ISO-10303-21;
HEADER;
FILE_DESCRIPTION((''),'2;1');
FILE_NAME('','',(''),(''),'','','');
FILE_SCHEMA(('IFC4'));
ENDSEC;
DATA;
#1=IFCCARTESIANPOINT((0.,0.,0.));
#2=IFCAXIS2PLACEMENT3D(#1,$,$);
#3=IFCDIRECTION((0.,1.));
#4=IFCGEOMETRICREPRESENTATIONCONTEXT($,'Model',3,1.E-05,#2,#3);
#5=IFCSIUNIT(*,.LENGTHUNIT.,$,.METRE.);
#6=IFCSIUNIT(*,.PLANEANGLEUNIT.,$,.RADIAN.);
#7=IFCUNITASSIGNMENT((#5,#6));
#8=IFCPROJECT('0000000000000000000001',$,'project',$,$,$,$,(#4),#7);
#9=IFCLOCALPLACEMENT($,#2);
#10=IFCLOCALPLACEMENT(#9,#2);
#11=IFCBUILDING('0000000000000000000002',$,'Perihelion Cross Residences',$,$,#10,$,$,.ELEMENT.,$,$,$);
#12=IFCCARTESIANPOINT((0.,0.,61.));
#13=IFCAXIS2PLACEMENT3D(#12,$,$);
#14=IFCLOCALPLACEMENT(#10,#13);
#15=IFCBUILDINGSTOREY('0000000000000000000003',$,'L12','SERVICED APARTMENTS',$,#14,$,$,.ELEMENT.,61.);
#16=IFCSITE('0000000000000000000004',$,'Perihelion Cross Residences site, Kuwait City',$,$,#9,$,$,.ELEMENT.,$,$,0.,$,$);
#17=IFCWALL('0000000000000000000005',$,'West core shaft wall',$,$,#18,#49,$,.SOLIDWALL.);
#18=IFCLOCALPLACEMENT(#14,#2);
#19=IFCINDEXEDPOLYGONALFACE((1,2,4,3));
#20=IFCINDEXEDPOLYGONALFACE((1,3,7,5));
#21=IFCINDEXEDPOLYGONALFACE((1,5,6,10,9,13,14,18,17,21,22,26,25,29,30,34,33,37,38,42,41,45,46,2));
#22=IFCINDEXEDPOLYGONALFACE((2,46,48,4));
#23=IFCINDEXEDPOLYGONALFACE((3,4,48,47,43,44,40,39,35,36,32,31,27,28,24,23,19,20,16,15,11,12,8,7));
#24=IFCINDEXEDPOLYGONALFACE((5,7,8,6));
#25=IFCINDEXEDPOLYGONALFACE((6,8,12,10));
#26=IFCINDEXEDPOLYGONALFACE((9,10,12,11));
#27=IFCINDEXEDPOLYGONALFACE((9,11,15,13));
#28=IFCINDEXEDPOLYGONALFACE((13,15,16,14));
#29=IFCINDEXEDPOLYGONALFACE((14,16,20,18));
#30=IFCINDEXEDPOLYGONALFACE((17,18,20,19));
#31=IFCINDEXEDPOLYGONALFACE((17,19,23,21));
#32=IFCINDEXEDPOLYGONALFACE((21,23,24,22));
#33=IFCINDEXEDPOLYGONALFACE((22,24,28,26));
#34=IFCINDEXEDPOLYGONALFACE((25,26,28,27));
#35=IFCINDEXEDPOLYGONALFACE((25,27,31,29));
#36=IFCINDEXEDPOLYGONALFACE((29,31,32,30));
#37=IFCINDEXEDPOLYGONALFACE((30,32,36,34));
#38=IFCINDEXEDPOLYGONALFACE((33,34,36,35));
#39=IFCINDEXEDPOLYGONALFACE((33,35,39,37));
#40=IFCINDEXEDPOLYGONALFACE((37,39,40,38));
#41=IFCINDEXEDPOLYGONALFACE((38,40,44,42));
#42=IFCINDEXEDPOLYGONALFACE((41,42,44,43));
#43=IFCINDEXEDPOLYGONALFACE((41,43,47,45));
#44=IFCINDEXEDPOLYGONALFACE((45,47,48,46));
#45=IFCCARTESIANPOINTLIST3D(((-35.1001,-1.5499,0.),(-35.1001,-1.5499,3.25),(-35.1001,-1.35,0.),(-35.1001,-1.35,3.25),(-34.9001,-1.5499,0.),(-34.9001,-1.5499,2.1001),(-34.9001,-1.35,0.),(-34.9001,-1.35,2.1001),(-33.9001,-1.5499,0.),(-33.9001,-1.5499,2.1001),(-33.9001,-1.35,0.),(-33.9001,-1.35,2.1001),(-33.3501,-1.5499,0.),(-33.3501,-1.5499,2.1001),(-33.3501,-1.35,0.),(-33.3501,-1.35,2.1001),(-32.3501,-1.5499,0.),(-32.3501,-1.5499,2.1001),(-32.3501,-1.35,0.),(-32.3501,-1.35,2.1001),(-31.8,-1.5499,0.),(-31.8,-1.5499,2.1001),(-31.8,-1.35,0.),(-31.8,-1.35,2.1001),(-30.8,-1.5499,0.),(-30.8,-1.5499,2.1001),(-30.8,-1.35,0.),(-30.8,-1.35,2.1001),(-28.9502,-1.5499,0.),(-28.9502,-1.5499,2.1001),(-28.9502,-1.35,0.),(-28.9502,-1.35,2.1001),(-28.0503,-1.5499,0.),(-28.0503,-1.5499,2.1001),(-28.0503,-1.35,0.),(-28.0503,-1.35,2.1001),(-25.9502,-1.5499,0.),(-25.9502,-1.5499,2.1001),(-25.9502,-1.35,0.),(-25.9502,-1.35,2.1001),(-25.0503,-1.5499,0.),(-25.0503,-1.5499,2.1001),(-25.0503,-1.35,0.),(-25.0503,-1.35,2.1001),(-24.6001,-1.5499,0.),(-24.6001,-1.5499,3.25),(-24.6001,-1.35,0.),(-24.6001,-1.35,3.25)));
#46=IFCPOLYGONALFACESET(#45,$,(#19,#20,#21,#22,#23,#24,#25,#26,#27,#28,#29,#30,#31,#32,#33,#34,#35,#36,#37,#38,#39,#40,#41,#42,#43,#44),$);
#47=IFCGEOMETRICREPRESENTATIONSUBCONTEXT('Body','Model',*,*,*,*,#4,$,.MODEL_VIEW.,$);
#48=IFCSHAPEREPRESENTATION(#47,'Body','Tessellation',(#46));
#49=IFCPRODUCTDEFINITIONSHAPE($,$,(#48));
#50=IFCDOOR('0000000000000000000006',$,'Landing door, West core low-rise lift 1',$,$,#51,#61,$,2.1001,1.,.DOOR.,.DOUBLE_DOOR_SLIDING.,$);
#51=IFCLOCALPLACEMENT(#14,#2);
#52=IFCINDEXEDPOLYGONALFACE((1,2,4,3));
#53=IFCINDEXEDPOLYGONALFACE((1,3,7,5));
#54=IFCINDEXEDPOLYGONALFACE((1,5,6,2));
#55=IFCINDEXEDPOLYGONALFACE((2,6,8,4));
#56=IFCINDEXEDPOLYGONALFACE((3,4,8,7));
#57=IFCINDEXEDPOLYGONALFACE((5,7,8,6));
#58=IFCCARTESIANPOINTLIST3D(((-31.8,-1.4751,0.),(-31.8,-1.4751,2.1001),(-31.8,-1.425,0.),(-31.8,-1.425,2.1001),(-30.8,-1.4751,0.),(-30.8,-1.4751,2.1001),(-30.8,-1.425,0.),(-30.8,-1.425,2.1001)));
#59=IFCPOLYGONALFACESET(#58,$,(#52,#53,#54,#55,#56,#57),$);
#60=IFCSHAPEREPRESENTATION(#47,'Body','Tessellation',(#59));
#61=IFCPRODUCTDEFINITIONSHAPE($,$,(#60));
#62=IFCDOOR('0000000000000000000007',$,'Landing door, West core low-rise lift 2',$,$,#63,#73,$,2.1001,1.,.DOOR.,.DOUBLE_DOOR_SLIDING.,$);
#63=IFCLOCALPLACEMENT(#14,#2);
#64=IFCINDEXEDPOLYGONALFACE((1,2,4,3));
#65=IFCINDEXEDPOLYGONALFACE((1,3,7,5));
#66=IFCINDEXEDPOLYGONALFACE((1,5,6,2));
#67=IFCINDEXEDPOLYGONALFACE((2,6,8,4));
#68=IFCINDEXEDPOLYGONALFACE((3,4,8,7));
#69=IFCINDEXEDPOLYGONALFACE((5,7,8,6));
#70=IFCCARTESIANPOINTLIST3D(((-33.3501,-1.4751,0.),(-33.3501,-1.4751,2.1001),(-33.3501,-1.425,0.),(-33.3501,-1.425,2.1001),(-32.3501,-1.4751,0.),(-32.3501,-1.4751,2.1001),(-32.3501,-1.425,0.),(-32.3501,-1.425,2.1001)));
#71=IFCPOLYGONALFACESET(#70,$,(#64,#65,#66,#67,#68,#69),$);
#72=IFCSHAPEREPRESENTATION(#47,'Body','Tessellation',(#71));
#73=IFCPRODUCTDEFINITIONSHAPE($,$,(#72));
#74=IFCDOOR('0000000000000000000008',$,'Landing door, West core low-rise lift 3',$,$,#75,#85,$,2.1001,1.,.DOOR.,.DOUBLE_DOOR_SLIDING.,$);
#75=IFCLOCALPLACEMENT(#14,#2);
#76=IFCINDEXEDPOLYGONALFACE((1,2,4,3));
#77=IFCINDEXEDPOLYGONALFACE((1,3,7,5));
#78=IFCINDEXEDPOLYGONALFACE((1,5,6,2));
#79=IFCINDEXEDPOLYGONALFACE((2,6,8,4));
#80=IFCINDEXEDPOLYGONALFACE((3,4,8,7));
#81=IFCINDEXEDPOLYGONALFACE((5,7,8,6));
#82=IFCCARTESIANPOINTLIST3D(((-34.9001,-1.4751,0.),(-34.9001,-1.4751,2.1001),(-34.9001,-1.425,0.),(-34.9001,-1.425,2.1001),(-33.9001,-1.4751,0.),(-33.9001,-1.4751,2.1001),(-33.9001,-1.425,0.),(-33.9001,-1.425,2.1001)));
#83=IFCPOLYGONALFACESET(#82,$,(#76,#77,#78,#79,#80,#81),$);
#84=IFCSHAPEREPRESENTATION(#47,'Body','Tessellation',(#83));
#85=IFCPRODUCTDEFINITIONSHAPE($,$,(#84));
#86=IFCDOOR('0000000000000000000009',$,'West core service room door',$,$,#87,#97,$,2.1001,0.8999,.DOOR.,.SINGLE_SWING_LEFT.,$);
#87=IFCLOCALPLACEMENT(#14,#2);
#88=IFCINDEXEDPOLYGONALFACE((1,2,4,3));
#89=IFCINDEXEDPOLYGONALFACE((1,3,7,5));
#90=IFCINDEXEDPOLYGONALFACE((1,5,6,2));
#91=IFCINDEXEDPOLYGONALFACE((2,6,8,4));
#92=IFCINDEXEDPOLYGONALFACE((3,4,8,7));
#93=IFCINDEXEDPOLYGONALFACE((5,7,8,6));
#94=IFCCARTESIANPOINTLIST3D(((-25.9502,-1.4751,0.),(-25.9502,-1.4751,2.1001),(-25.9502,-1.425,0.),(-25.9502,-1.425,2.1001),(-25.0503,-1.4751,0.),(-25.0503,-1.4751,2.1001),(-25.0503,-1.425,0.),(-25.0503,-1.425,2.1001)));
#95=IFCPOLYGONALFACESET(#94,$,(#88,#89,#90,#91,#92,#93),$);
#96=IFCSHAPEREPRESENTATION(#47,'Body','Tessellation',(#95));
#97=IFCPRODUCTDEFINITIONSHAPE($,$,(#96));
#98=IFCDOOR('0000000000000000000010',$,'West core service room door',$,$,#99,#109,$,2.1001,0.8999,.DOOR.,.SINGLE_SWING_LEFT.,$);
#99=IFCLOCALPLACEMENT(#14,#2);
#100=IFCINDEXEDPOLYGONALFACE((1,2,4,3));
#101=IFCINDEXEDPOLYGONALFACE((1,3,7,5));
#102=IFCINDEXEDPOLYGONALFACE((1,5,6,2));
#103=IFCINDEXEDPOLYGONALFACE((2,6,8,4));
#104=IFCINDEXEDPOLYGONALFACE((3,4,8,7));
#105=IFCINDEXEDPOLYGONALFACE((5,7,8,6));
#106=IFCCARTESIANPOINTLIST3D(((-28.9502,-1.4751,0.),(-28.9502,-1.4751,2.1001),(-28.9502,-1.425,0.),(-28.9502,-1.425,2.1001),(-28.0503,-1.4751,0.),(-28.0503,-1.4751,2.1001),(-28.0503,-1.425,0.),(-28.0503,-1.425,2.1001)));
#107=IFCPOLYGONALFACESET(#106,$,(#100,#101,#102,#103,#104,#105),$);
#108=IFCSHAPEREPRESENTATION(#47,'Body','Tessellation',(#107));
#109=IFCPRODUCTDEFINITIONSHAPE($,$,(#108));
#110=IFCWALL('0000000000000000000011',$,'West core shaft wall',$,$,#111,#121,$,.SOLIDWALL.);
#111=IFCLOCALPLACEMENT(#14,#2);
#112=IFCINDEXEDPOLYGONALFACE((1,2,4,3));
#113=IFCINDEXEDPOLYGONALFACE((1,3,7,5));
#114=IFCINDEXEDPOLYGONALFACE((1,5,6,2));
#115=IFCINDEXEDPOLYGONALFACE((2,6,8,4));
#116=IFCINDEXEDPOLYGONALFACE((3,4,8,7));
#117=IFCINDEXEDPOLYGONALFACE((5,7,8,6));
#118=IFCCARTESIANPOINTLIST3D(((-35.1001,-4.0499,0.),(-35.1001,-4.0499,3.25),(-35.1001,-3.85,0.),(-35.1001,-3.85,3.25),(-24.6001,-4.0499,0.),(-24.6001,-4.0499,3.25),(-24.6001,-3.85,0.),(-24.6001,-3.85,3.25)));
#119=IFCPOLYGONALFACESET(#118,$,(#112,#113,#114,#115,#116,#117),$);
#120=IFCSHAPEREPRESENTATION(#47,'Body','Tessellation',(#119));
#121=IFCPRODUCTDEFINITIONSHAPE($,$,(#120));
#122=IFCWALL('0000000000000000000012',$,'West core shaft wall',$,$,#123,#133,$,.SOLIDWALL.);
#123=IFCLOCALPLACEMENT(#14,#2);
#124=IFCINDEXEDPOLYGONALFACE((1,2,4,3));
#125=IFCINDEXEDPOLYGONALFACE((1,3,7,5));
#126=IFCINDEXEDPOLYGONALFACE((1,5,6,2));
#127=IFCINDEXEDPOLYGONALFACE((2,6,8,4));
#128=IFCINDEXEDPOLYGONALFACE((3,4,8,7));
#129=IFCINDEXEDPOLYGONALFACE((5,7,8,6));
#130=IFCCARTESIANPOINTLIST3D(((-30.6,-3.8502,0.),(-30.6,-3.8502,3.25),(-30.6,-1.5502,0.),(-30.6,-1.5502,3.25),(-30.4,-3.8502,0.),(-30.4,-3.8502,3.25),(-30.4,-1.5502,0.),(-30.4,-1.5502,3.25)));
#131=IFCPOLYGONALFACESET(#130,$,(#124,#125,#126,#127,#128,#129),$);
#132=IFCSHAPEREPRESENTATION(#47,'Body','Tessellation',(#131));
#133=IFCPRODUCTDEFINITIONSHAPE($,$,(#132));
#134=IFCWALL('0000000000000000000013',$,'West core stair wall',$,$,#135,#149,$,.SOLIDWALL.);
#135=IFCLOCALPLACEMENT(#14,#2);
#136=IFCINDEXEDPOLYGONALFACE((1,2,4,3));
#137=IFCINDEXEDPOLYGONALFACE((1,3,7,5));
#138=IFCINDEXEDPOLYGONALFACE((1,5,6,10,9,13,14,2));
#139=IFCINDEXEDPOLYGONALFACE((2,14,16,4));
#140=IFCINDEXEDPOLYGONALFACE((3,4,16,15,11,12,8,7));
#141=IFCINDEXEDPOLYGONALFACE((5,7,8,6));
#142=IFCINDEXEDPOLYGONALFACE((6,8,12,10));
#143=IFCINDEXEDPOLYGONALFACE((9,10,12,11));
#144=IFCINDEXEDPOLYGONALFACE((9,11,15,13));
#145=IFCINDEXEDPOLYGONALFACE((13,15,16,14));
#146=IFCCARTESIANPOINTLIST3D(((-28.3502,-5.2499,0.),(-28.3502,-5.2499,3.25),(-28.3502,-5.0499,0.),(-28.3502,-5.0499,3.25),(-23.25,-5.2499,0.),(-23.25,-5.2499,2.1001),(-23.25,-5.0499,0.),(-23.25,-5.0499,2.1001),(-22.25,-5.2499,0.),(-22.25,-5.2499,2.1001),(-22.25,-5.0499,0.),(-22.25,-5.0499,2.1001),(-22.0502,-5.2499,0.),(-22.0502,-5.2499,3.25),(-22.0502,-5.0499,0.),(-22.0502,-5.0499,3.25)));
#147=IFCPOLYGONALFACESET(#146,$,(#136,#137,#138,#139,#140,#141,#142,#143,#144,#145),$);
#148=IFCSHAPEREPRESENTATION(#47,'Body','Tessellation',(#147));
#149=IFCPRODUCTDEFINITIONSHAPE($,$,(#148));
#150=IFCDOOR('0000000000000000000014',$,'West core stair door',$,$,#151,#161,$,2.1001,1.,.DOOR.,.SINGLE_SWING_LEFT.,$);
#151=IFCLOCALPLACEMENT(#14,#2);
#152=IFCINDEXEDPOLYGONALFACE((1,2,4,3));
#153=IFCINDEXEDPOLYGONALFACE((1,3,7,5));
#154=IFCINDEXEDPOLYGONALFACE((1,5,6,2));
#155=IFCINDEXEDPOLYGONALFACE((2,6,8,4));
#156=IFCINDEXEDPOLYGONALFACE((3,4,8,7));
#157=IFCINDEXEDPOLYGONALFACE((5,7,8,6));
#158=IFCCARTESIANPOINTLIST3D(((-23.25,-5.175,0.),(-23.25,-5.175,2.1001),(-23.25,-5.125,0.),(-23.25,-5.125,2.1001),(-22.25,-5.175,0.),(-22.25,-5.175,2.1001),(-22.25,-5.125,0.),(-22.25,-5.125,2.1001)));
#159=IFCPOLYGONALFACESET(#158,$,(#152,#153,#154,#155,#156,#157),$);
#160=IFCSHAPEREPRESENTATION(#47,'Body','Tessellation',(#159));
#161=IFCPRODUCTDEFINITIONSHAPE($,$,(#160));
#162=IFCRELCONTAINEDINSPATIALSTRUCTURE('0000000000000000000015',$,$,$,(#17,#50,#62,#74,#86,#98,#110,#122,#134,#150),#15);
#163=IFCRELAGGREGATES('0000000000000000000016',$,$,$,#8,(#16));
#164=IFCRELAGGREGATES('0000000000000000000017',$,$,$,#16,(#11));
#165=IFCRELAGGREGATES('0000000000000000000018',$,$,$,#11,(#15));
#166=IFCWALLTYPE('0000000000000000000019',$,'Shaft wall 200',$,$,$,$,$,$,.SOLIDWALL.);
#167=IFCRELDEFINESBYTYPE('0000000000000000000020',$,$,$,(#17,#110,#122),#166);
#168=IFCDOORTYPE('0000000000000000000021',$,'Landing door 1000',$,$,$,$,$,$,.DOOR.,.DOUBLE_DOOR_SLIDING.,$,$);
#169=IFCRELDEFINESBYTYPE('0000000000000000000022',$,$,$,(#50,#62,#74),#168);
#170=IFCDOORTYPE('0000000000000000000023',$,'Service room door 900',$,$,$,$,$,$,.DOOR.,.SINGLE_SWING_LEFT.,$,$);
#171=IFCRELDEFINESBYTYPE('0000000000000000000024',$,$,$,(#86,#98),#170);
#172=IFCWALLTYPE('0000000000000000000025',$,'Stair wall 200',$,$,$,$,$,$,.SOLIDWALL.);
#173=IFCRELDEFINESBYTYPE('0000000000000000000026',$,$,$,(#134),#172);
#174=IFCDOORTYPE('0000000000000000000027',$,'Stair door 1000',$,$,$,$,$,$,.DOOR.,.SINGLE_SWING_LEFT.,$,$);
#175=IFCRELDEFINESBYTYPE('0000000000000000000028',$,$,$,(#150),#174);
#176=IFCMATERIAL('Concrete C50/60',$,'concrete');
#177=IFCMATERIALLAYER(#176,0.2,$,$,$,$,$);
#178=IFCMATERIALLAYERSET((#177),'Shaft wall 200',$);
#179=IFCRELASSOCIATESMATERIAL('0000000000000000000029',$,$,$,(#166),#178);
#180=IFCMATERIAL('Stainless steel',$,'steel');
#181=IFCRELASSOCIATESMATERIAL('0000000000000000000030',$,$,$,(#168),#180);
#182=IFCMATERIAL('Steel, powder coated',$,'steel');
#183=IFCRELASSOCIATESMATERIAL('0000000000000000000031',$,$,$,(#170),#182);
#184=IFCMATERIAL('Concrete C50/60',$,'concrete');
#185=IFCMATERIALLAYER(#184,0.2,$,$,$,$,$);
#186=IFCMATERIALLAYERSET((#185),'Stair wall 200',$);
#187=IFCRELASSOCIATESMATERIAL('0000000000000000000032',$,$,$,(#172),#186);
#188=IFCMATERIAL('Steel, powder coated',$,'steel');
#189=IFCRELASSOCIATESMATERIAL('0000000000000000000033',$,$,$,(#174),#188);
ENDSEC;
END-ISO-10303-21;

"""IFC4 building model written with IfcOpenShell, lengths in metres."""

from ifc_helpers import new_model, si_unit, direction, frame, frame_2d, origin, place, context, subcontext, project, spatial, rectangle, extrude, material, layer, layer_set, type_object, element, fill, save


model = new_model("IFC4")

# Units and contexts
model_context = context("Model", 3, precision=1e-05, world=origin(), true_north=direction((0.0, 1.0)))
body_context = subcontext(model_context, "Body", "Model", "MODEL_VIEW")
ifc_project = project(units=[si_unit("LENGTHUNIT", "METRE"), si_unit("PLANEANGLEUNIT", "RADIAN")], contexts=[model_context])

# Site, building, storey
site_placement = place(None, origin())
site = spatial("IfcSite", under=ifc_project, at=site_placement, Name="Perihelion Cross Residences site, Kuwait City", CompositionType="ELEMENT", RefElevation=0.0)
building_placement = place(site_placement, origin())
building = spatial("IfcBuilding", under=site, at=building_placement, Name="Perihelion Cross Residences", CompositionType="ELEMENT")
storey_placement = place(building_placement, frame((0.0, 0.0, 61.0)))
storey = spatial("IfcBuildingStorey", under=building, at=storey_placement, Name="L12", Description="SERVICED APARTMENTS", CompositionType="ELEMENT", Elevation=61.0)

# Wall, openings, doors
ifc_material_1 = material(Name="Concrete C50/60", Category="concrete")
ifc_layer_1 = layer(ifc_material_1, 0.2)
ifc_layer_set_1 = layer_set([ifc_layer_1], Name="Shaft wall 200")
wall_type_1 = type_object("IfcWallType", Name="Shaft wall 200", PredefinedType="SOLIDWALL", material=ifc_layer_set_1)
wall_1_placement = place(storey_placement, frame((-35.1001, -1.45, 0.0), z_axis=(0.0, 0.0, 1.0), x_axis=(1.0, 0.0, 0.0)))
wall_1 = element("IfcWall", 1, at=wall_1_placement, inside=storey, type_object=wall_type_1, Name="West core shaft wall", PredefinedType="SOLIDWALL", context=body_context, shape_type="SweptSolid", body=[
    extrude(rectangle(XDim=10.5, YDim=0.2, at=frame_2d((5.25, 0.0))), origin(), (0.0, 0.0, 1.0), 3.25),
])
opening_1_placement = place(wall_1_placement, frame((3.3, 0.0, 0.0)))
opening_1 = element("IfcOpeningElement", 2, at=opening_1_placement, cuts=wall_1, PredefinedType="OPENING", context=body_context, shape_type="SweptSolid", body=[
    extrude(rectangle(XDim=1.0, YDim=2.1001, at=frame_2d((0.5, 1.05))), frame((0.0, 0.1099, 0.0), z_axis=(0.0, -1.0, 0.0), x_axis=(1.0, 0.0, 0.0)), (0.0, 0.0, 1.0), 0.22),
])
opening_2_placement = place(wall_1_placement, frame((1.75, 0.0, 0.0)))
opening_2 = element("IfcOpeningElement", 3, at=opening_2_placement, cuts=wall_1, PredefinedType="OPENING", context=body_context, shape_type="SweptSolid", body=[
    extrude(rectangle(XDim=1.0, YDim=2.1001, at=frame_2d((0.5, 1.05))), frame((0.0, 0.1099, 0.0), z_axis=(0.0, -1.0, 0.0), x_axis=(1.0, 0.0, 0.0)), (0.0, 0.0, 1.0), 0.22),
])
opening_3_placement = place(wall_1_placement, frame((0.2, 0.0, 0.0)))
opening_3 = element("IfcOpeningElement", 4, at=opening_3_placement, cuts=wall_1, PredefinedType="OPENING", context=body_context, shape_type="SweptSolid", body=[
    extrude(rectangle(XDim=1.0, YDim=2.1001, at=frame_2d((0.5, 1.05))), frame((0.0, 0.1099, 0.0), z_axis=(0.0, -1.0, 0.0), x_axis=(1.0, 0.0, 0.0)), (0.0, 0.0, 1.0), 0.22),
])
opening_4_placement = place(wall_1_placement, frame((9.1499, 0.0, 0.0)))
opening_4 = element("IfcOpeningElement", 5, at=opening_4_placement, cuts=wall_1, PredefinedType="OPENING", context=body_context, shape_type="SweptSolid", body=[
    extrude(rectangle(XDim=0.8999, YDim=2.1001, at=frame_2d((0.45, 1.05))), frame((0.0, 0.1099, 0.0), z_axis=(0.0, -1.0, 0.0), x_axis=(1.0, 0.0, 0.0)), (0.0, 0.0, 1.0), 0.22),
])
opening_5_placement = place(wall_1_placement, frame((6.1499, 0.0, 0.0)))
opening_5 = element("IfcOpeningElement", 6, at=opening_5_placement, cuts=wall_1, PredefinedType="OPENING", context=body_context, shape_type="SweptSolid", body=[
    extrude(rectangle(XDim=0.8999, YDim=2.1001, at=frame_2d((0.45, 1.05))), frame((0.0, 0.1099, 0.0), z_axis=(0.0, -1.0, 0.0), x_axis=(1.0, 0.0, 0.0)), (0.0, 0.0, 1.0), 0.22),
])
ifc_material_2 = material(Name="Stainless steel", Category="steel")
door_type_1 = type_object("IfcDoorType", Name="Landing door 1000", OperationType="DOUBLE_DOOR_SLIDING", PredefinedType="DOOR", material=ifc_material_2)
door_1_placement = place(opening_1_placement, origin())
door_1 = element("IfcDoor", 7, at=door_1_placement, inside=storey, type_object=door_type_1, Name="Landing door, West core low-rise lift 1", OperationType="DOUBLE_DOOR_SLIDING", OverallHeight=2.1001, OverallWidth=1.0, PredefinedType="DOOR", context=body_context, shape_type="SweptSolid", body=[
    extrude(rectangle(XDim=1.0, YDim=2.1001, at=frame_2d((0.5, 1.05))), frame((0.0, 0.0249, 0.0), z_axis=(0.0, -1.0, 0.0), x_axis=(1.0, 0.0, 0.0)), (0.0, 0.0, 1.0), 0.05),
])
fill(opening_1, door_1)
door_2_placement = place(opening_2_placement, origin())
door_2 = element("IfcDoor", 8, at=door_2_placement, inside=storey, type_object=door_type_1, Name="Landing door, West core low-rise lift 2", OperationType="DOUBLE_DOOR_SLIDING", OverallHeight=2.1001, OverallWidth=1.0, PredefinedType="DOOR", context=body_context, shape_type="SweptSolid", body=[
    extrude(rectangle(XDim=1.0, YDim=2.1001, at=frame_2d((0.5, 1.05))), frame((0.0, 0.0249, 0.0), z_axis=(0.0, -1.0, 0.0), x_axis=(1.0, 0.0, 0.0)), (0.0, 0.0, 1.0), 0.05),
])
fill(opening_2, door_2)
door_3_placement = place(opening_3_placement, origin())
door_3 = element("IfcDoor", 9, at=door_3_placement, inside=storey, type_object=door_type_1, Name="Landing door, West core low-rise lift 3", OperationType="DOUBLE_DOOR_SLIDING", OverallHeight=2.1001, OverallWidth=1.0, PredefinedType="DOOR", context=body_context, shape_type="SweptSolid", body=[
    extrude(rectangle(XDim=1.0, YDim=2.1001, at=frame_2d((0.5, 1.05))), frame((0.0, 0.0249, 0.0), z_axis=(0.0, -1.0, 0.0), x_axis=(1.0, 0.0, 0.0)), (0.0, 0.0, 1.0), 0.05),
])
fill(opening_3, door_3)
ifc_material_3 = material(Name="Steel, powder coated", Category="steel")
door_type_2 = type_object("IfcDoorType", Name="Service room door 900", OperationType="SINGLE_SWING_LEFT", PredefinedType="DOOR", material=ifc_material_3)
door_4_placement = place(opening_4_placement, origin())
door_4 = element("IfcDoor", 10, at=door_4_placement, inside=storey, type_object=door_type_2, Name="West core service room door", OperationType="SINGLE_SWING_LEFT", OverallHeight=2.1001, OverallWidth=0.8999, PredefinedType="DOOR", context=body_context, shape_type="SweptSolid", body=[
    extrude(rectangle(XDim=0.8999, YDim=2.1001, at=frame_2d((0.45, 1.05))), frame((0.0, 0.0249, 0.0), z_axis=(0.0, -1.0, 0.0), x_axis=(1.0, 0.0, 0.0)), (0.0, 0.0, 1.0), 0.05),
])
fill(opening_4, door_4)
door_5_placement = place(opening_5_placement, origin())
door_5 = element("IfcDoor", 11, at=door_5_placement, inside=storey, type_object=door_type_2, Name="West core service room door", OperationType="SINGLE_SWING_LEFT", OverallHeight=2.1001, OverallWidth=0.8999, PredefinedType="DOOR", context=body_context, shape_type="SweptSolid", body=[
    extrude(rectangle(XDim=0.8999, YDim=2.1001, at=frame_2d((0.45, 1.05))), frame((0.0, 0.0249, 0.0), z_axis=(0.0, -1.0, 0.0), x_axis=(1.0, 0.0, 0.0)), (0.0, 0.0, 1.0), 0.05),
])
fill(opening_5, door_5)

# Walls
wall_2_placement = place(storey_placement, frame((-35.1001, -3.95, 0.0), z_axis=(0.0, 0.0, 1.0), x_axis=(1.0, 0.0, 0.0)))
element("IfcWall", 12, at=wall_2_placement, inside=storey, type_object=wall_type_1, Name="West core shaft wall", PredefinedType="SOLIDWALL", context=body_context, shape_type="SweptSolid", body=[
    extrude(rectangle(XDim=10.5, YDim=0.2, at=frame_2d((5.25, 0.0))), origin(), (0.0, 0.0, 1.0), 3.25),
])
wall_3_placement = place(storey_placement, frame((-30.5, -3.8501, 0.0), z_axis=(0.0, 0.0, 1.0), x_axis=(0.0, 1.0, 0.0)))
element("IfcWall", 13, at=wall_3_placement, inside=storey, type_object=wall_type_1, Name="West core shaft wall", PredefinedType="SOLIDWALL", context=body_context, shape_type="SweptSolid", body=[
    extrude(rectangle(XDim=2.3, YDim=0.2, at=frame_2d((1.1499, 0.0))), origin(), (0.0, 0.0, 1.0), 3.25),
])

# Wall, opening, door
ifc_material_4 = material(Name="Concrete C50/60", Category="concrete")
ifc_layer_2 = layer(ifc_material_4, 0.2)
ifc_layer_set_2 = layer_set([ifc_layer_2], Name="Stair wall 200")
wall_type_2 = type_object("IfcWallType", Name="Stair wall 200", PredefinedType="SOLIDWALL", material=ifc_layer_set_2)
wall_4_placement = place(storey_placement, frame((-28.3501, -5.1499, 0.0), z_axis=(0.0, 0.0, 1.0), x_axis=(1.0, 0.0, 0.0)))
wall_4 = element("IfcWall", 14, at=wall_4_placement, inside=storey, type_object=wall_type_2, Name="West core stair wall", PredefinedType="SOLIDWALL", context=body_context, shape_type="SweptSolid", body=[
    extrude(rectangle(XDim=6.3, YDim=0.2, at=frame_2d((3.1499, 0.0))), origin(), (0.0, 0.0, 1.0), 3.25),
])
opening_6_placement = place(wall_4_placement, frame((5.1001, 0.0, 0.0)))
opening_6 = element("IfcOpeningElement", 15, at=opening_6_placement, cuts=wall_4, PredefinedType="OPENING", context=body_context, shape_type="SweptSolid", body=[
    extrude(rectangle(XDim=1.0, YDim=2.1001, at=frame_2d((0.5, 1.05))), frame((0.0, 0.1099, 0.0), z_axis=(0.0, -1.0, 0.0), x_axis=(1.0, 0.0, 0.0)), (0.0, 0.0, 1.0), 0.22),
])
ifc_material_5 = material(Name="Steel, powder coated", Category="steel")
door_type_3 = type_object("IfcDoorType", Name="Stair door 1000", OperationType="SINGLE_SWING_LEFT", PredefinedType="DOOR", material=ifc_material_5)
door_6_placement = place(opening_6_placement, origin())
door_6 = element("IfcDoor", 16, at=door_6_placement, inside=storey, type_object=door_type_3, Name="West core stair door", OperationType="SINGLE_SWING_LEFT", OverallHeight=2.1001, OverallWidth=1.0, PredefinedType="DOOR", context=body_context, shape_type="SweptSolid", body=[
    extrude(rectangle(XDim=1.0, YDim=2.1001, at=frame_2d((0.5, 1.05))), frame((0.0, 0.0249, 0.0), z_axis=(0.0, -1.0, 0.0), x_axis=(1.0, 0.0, 0.0)), (0.0, 0.0, 1.0), 0.05),
])
fill(opening_6, door_6)

save(model, "model.ifc")
